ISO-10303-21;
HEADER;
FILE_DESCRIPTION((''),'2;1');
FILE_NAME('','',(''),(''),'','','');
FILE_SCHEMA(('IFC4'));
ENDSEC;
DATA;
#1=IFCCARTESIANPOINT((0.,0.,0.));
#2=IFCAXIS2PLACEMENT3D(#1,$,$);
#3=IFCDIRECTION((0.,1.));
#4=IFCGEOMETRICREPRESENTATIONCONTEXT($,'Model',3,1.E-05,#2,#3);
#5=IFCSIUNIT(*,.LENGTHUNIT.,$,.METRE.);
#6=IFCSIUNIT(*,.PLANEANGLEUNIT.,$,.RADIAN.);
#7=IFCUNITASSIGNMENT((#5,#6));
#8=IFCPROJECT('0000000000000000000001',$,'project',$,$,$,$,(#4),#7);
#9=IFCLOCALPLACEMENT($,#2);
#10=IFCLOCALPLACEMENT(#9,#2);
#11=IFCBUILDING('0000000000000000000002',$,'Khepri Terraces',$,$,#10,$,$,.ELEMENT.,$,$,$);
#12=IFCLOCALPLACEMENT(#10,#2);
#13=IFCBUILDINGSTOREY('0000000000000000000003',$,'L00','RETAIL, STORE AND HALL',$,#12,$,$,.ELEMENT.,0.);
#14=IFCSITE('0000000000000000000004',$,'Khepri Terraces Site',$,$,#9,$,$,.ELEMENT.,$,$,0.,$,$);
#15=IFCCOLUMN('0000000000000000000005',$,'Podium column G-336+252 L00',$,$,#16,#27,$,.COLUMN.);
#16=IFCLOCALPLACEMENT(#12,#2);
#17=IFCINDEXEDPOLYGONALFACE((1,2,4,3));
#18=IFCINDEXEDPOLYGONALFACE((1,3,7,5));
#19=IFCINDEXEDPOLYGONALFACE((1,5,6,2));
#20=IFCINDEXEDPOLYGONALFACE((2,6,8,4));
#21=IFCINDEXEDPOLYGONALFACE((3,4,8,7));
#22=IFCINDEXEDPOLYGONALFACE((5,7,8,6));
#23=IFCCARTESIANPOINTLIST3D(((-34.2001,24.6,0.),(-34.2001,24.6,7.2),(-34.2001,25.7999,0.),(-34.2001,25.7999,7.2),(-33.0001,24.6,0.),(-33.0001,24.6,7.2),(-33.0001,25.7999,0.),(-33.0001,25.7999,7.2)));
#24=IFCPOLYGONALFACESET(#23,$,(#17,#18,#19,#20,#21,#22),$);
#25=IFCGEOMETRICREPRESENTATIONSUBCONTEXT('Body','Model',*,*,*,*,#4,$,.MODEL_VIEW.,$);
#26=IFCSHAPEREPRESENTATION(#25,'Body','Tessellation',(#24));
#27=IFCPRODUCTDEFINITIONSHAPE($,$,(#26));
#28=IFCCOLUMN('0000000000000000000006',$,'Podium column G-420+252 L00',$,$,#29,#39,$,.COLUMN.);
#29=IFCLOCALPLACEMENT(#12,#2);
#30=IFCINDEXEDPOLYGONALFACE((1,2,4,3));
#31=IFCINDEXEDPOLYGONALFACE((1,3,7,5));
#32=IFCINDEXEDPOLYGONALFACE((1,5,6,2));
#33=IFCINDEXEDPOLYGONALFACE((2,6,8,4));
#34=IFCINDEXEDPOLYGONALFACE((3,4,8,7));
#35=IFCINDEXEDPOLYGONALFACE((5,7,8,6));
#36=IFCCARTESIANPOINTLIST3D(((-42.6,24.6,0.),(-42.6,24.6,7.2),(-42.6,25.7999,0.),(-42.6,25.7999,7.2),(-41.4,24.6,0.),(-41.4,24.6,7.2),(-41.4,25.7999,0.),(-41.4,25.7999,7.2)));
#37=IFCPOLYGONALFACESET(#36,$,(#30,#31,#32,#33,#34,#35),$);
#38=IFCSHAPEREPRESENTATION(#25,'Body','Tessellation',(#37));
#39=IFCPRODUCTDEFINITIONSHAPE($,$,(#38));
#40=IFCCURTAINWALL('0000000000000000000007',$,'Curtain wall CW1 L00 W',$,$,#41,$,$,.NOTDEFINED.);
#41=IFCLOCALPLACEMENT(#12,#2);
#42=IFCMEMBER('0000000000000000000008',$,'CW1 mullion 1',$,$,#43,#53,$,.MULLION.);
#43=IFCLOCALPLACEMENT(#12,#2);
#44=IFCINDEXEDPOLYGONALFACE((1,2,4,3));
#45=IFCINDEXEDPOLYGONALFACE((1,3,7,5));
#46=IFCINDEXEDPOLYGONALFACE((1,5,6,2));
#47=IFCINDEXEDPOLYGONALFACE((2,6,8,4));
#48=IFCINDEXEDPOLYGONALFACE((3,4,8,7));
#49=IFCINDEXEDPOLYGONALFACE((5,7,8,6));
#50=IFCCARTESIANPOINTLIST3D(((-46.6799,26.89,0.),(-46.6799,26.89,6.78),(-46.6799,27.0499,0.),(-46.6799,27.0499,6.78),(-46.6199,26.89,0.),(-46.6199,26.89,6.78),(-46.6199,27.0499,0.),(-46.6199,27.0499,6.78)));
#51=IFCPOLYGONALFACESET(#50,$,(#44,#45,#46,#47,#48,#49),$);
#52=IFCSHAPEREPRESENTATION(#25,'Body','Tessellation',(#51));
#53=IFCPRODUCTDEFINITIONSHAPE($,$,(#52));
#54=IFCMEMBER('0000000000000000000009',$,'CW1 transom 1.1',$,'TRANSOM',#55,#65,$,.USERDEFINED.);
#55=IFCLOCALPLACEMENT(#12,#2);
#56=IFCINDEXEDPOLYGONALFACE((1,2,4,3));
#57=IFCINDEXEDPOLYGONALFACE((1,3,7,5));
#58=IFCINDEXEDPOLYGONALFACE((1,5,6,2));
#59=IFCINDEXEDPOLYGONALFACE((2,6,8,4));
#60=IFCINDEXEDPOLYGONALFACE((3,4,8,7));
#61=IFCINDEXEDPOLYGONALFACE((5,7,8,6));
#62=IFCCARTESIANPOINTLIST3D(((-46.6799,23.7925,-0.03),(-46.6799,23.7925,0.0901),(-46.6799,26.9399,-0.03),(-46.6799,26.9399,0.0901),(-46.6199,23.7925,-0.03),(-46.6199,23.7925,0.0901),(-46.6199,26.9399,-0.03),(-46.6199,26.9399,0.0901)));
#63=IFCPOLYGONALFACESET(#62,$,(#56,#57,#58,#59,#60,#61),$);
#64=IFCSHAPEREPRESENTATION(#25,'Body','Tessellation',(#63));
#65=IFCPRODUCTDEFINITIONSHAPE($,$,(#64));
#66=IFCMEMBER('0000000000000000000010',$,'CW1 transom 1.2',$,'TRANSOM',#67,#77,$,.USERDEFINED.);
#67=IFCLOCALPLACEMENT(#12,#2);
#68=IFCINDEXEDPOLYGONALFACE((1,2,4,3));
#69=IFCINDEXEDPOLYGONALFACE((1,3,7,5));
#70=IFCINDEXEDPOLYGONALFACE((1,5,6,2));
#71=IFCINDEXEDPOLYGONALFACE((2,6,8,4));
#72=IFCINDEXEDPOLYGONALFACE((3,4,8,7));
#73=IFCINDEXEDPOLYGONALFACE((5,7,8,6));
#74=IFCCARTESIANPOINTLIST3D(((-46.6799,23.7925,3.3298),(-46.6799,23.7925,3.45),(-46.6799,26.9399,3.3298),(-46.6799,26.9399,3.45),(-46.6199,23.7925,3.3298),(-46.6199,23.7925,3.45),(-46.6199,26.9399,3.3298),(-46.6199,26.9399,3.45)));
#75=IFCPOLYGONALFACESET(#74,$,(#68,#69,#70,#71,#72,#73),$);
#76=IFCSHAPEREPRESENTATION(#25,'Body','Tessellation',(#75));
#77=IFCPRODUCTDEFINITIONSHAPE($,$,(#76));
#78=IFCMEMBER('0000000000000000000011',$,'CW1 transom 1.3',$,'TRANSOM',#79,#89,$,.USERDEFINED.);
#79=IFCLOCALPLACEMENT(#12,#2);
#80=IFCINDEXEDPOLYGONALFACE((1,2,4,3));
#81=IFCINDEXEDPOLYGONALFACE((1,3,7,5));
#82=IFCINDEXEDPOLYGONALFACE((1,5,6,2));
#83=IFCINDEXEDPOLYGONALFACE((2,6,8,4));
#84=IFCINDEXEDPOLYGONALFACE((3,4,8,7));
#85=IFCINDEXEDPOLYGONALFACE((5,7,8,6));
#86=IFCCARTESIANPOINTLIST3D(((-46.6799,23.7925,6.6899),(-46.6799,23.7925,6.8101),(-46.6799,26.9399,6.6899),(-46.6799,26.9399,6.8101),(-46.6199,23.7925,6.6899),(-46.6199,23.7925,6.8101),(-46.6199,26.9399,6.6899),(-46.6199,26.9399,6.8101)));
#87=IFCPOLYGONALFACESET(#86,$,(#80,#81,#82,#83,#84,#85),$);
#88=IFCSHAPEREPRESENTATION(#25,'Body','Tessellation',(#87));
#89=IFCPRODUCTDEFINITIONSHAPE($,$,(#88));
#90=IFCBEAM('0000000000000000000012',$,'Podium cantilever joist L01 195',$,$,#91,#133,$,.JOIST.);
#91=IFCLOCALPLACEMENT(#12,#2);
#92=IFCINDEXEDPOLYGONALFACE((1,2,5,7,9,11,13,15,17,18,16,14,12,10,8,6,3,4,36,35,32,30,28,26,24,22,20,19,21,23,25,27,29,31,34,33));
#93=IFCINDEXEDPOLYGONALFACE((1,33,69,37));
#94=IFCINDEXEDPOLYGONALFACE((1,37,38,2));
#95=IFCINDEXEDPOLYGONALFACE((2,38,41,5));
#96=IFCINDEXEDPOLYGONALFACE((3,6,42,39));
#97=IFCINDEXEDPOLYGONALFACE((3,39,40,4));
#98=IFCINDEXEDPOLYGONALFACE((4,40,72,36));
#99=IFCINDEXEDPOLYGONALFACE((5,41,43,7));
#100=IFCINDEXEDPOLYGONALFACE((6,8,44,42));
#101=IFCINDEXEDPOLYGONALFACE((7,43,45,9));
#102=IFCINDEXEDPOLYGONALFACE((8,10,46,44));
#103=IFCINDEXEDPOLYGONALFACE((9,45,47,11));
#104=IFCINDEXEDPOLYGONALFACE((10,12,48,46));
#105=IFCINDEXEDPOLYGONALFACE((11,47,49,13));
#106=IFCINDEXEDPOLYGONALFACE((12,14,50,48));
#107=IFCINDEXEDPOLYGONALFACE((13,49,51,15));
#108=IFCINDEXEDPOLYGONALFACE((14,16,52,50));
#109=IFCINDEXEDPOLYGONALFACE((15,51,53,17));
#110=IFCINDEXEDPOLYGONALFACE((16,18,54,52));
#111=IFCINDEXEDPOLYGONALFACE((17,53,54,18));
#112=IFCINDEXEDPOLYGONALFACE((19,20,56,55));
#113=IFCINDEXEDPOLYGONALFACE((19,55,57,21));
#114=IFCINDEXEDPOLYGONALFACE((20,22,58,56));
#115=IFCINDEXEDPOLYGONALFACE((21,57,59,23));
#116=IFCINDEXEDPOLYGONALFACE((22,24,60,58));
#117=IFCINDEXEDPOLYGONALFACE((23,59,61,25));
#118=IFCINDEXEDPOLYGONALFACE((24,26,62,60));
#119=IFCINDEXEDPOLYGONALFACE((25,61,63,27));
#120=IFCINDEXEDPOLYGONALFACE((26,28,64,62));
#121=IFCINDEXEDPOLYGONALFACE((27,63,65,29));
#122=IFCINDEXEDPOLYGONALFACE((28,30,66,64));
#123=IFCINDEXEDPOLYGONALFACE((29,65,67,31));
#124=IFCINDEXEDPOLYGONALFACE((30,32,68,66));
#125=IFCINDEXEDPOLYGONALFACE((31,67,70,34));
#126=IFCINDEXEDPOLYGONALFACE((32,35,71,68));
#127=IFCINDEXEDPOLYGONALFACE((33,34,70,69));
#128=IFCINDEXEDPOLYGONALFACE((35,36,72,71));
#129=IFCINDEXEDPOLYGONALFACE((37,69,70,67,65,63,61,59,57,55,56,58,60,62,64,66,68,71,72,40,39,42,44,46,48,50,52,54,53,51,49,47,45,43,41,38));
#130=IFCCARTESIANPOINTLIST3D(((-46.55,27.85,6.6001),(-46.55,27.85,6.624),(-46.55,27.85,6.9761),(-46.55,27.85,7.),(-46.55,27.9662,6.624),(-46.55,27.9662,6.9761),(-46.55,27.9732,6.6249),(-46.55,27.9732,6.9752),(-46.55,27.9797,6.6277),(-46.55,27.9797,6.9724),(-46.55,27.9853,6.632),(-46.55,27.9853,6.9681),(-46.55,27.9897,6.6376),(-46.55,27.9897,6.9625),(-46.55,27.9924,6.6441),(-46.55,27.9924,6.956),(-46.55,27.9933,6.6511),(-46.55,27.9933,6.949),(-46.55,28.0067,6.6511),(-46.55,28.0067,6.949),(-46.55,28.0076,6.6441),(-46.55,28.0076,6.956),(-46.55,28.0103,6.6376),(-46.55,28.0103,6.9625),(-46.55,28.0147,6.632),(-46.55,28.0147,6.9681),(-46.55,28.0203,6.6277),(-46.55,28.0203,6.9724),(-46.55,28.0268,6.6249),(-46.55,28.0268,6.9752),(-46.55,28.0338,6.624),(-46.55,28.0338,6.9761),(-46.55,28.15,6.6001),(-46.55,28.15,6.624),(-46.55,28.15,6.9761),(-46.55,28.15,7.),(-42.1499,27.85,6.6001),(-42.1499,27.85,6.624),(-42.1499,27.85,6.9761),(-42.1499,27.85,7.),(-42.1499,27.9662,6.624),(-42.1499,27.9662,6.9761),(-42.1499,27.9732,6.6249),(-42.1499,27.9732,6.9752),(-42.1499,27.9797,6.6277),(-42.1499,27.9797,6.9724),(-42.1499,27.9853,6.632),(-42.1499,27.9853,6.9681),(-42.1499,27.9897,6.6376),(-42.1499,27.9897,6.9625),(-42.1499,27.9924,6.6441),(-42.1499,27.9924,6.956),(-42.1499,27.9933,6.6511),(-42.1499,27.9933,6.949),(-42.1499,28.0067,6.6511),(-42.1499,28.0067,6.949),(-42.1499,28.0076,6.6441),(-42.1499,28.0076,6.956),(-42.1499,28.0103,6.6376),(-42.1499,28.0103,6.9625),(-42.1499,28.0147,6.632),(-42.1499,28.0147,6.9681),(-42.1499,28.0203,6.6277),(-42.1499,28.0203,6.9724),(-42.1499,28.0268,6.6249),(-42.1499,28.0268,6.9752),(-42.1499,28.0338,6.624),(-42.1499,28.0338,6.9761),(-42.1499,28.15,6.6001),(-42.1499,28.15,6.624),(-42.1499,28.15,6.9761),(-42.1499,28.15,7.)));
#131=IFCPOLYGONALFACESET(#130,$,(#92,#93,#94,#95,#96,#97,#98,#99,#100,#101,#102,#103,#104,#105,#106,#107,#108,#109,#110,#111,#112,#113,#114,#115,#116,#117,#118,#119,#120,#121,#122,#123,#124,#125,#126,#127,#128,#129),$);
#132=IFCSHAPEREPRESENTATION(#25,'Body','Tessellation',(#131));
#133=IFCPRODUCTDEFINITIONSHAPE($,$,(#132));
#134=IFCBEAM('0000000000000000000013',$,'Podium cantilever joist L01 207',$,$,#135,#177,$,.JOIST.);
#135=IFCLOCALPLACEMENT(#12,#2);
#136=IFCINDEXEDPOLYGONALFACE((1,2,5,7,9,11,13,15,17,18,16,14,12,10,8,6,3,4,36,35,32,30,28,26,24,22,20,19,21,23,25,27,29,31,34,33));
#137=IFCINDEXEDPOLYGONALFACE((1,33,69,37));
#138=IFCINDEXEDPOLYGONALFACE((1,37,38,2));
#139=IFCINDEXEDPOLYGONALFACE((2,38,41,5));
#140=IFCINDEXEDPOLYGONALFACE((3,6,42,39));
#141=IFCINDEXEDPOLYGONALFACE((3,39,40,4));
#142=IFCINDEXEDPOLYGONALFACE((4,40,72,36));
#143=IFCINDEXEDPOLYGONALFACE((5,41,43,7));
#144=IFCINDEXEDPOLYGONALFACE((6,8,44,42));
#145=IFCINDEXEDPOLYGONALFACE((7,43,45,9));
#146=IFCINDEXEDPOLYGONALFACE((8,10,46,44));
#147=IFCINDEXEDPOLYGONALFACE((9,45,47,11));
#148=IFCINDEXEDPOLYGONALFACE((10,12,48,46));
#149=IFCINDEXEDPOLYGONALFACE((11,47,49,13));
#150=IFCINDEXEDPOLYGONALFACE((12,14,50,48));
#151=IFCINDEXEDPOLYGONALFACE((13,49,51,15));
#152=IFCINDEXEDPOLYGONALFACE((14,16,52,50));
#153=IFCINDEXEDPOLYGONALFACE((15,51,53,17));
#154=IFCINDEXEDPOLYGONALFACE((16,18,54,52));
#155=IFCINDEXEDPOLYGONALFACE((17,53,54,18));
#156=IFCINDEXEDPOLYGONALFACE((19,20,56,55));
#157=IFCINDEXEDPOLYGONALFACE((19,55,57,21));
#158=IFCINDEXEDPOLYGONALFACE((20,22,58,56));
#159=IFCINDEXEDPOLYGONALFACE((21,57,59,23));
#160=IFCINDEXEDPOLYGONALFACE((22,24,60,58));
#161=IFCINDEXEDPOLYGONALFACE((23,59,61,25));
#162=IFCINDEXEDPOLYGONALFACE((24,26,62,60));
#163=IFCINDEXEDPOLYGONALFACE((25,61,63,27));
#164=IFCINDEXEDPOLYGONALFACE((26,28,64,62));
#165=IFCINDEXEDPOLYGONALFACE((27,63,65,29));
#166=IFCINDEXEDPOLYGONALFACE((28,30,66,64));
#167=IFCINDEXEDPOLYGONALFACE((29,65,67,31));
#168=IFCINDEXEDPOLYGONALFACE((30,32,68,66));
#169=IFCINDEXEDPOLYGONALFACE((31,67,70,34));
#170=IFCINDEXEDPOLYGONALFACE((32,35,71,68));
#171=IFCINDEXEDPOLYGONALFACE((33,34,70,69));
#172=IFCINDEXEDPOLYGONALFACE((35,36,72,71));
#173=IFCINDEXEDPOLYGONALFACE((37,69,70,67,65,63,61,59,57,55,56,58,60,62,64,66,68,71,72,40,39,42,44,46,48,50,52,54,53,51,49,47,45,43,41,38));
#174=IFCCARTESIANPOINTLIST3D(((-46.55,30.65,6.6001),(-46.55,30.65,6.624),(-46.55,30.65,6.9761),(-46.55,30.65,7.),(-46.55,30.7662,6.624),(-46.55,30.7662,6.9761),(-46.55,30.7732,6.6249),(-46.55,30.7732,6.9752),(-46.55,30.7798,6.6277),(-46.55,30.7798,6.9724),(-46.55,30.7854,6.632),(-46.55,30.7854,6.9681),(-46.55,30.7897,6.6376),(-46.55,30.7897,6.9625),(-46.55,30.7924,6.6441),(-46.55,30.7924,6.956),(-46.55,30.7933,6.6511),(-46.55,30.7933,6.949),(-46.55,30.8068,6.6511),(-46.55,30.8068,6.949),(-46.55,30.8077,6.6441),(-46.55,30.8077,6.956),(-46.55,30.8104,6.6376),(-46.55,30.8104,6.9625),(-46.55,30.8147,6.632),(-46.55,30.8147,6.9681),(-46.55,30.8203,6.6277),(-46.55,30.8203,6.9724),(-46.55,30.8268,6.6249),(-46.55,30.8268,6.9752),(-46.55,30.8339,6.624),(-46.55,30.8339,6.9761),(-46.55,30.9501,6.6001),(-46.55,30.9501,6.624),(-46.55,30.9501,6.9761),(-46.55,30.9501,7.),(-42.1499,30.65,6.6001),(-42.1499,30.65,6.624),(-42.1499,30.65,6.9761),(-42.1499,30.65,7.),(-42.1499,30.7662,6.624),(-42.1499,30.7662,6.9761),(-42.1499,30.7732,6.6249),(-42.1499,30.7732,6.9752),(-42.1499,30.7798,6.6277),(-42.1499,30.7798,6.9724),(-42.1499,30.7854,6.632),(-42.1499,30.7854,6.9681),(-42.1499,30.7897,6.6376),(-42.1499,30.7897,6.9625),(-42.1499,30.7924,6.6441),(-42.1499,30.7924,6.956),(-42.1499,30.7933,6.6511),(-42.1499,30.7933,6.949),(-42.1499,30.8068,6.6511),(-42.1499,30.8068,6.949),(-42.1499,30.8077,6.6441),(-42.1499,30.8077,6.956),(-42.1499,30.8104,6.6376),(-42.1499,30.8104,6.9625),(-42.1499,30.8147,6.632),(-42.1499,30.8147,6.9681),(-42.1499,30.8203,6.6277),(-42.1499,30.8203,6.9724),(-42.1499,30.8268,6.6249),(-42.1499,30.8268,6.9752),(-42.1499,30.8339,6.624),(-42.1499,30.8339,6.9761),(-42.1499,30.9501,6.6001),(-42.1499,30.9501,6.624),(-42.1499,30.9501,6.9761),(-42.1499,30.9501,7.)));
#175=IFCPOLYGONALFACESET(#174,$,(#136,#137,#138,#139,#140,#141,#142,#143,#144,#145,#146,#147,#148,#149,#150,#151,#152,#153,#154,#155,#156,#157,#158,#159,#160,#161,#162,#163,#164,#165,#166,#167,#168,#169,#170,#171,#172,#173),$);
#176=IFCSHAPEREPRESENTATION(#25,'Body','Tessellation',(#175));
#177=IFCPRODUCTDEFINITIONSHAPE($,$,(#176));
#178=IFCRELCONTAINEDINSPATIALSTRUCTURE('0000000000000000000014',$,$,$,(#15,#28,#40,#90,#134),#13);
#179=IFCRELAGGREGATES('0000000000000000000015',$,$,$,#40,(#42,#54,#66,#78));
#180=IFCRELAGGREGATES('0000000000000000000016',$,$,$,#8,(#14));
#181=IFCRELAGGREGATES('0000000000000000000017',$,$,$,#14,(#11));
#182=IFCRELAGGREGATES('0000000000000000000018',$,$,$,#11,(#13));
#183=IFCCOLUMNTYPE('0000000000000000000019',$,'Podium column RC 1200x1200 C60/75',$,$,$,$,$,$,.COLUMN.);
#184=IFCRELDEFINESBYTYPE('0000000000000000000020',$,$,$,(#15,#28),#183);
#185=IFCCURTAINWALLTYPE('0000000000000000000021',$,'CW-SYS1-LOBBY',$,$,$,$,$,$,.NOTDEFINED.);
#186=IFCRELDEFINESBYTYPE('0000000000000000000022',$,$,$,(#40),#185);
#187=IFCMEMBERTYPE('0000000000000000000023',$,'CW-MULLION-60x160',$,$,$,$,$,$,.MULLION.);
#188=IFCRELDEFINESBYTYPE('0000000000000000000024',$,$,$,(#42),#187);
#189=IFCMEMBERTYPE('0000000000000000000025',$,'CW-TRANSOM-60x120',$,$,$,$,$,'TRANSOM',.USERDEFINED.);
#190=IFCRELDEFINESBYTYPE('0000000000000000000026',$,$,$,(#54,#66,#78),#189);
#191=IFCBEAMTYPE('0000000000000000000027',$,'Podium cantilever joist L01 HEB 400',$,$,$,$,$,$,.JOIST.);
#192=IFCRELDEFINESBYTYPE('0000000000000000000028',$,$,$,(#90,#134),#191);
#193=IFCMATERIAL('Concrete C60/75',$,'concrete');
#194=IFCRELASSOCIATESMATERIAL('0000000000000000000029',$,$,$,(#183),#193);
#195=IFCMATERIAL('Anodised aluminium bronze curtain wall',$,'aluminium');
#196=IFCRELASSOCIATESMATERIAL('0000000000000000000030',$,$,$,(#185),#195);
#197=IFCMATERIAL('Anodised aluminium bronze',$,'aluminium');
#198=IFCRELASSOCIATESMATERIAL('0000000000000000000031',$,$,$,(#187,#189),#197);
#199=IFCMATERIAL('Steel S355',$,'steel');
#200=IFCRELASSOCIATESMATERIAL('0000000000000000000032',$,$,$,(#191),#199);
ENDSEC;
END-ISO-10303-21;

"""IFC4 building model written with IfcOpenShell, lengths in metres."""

from ifc_helpers import new_model, si_unit, direction, frame, origin, origin_2d, place, context, subcontext, project, spatial, rectangle, i_section, extrude, material, material_profile, profile_set, type_object, element, aggregate, save


model = new_model("IFC4")

# Units and contexts
model_context = context("Model", 3, precision=1e-05, world=origin(), true_north=direction((0.0, 1.0)))
body_context = subcontext(model_context, "Body", "Model", "MODEL_VIEW")
ifc_project = project(units=[si_unit("LENGTHUNIT", "METRE"), si_unit("PLANEANGLEUNIT", "RADIAN")], contexts=[model_context])

# Site, building, storey
site_placement = place(None, origin())
site = spatial("IfcSite", under=ifc_project, at=site_placement, Name="Khepri Terraces Site", CompositionType="ELEMENT", RefElevation=0.0)
building_placement = place(site_placement, origin())
building = spatial("IfcBuilding", under=site, at=building_placement, Name="Khepri Terraces", CompositionType="ELEMENT")
storey_placement = place(building_placement, origin())
storey = spatial("IfcBuildingStorey", under=building, at=storey_placement, Name="L00", Description="RETAIL, STORE AND HALL", CompositionType="ELEMENT", Elevation=0.0)

# Columns
ifc_material_1 = material(Name="Concrete C60/75", Category="concrete")
ifc_material_profile_1 = material_profile(ifc_material_1, rectangle(XDim=1.2, YDim=1.2, at=origin_2d()), Name="Concrete C60/75", Category="concrete")
ifc_profile_set_1 = profile_set([ifc_material_profile_1], Name="Concrete C60/75")
column_type = type_object("IfcColumnType", Name="Podium column RC 1200x1200 C60/75", PredefinedType="COLUMN", material=ifc_profile_set_1)
for number, where, z_axis, x_axis, name in (
    (1, (-33.6001, 25.2, 0.0), (0.0, 0.0, 1.0), (1.0, 0.0, 0.0), "Podium column G-336+252 L00"),
    (2, (-42.0, 25.2, 0.0), (0.0, 0.0, 1.0), (1.0, 0.0, 0.0), "Podium column G-420+252 L00"),
):
    element("IfcColumn", number, at=place(storey_placement, frame(where, z_axis=z_axis, x_axis=x_axis)), inside=storey, type_object=column_type, Name=name, PredefinedType="COLUMN", context=body_context, shape_type="SweptSolid", body=[
        extrude(rectangle(XDim=1.2, YDim=1.2, at=origin_2d()), origin(), (0.0, 0.0, 1.0), 7.2),
    ])

# Curtain wall, members
ifc_material_2 = material(Name="Anodised aluminium bronze curtain wall", Category="aluminium")
curtain_wall_type = type_object("IfcCurtainWallType", Name="CW-SYS1-LOBBY", PredefinedType="NOTDEFINED", material=ifc_material_2)
curtain_wall_placement = place(storey_placement, origin())
curtain_wall = element("IfcCurtainWall", 3, at=curtain_wall_placement, inside=storey, type_object=curtain_wall_type, Name="Curtain wall CW1 L00 W", PredefinedType="NOTDEFINED")
ifc_material_3 = material(Name="Anodised aluminium bronze", Category="aluminium")
ifc_material_profile_2 = material_profile(ifc_material_3, rectangle(XDim=0.0601, YDim=0.1599, at=origin_2d()), Name="Anodised aluminium bronze", Category="aluminium")
ifc_profile_set_2 = profile_set([ifc_material_profile_2], Name="Anodised aluminium bronze")
member_type_1 = type_object("IfcMemberType", Name="CW-MULLION-60x160", PredefinedType="MULLION", material=ifc_profile_set_2)
member_1_placement = place(storey_placement, frame((-46.6499, 26.97, 0.0), z_axis=(0.0, 0.0, 1.0), x_axis=(1.0, 0.0, 0.0)))
member_1 = element("IfcMember", 4, at=member_1_placement, type_object=member_type_1, Name="CW1 mullion 1", PredefinedType="MULLION", context=body_context, shape_type="SweptSolid", body=[
    extrude(rectangle(XDim=0.0601, YDim=0.1599, at=origin_2d()), origin(), (0.0, 0.0, 1.0), 6.78),
])
ifc_material_profile_3 = material_profile(ifc_material_3, rectangle(XDim=0.0601, YDim=0.1201, at=origin_2d()), Name="Anodised aluminium bronze", Category="aluminium")
ifc_profile_set_3 = profile_set([ifc_material_profile_3], Name="Anodised aluminium bronze")
member_type_2 = type_object("IfcMemberType", Name="CW-TRANSOM-60x120", ElementType="TRANSOM", PredefinedType="USERDEFINED", material=ifc_profile_set_3)
member_2_placement = place(storey_placement, frame((-46.6499, 26.9399, 0.03), z_axis=(0.0, -1.0, 0.0), x_axis=(1.0, 0.0, 0.0)))
member_2 = element("IfcMember", 5, at=member_2_placement, type_object=member_type_2, Name="CW1 transom 1.1", ObjectType="TRANSOM", PredefinedType="USERDEFINED", context=body_context, shape_type="SweptSolid", body=[
    extrude(rectangle(XDim=0.0601, YDim=0.1201, at=origin_2d()), origin(), (0.0, 0.0, 1.0), 3.1475),
])
member_3_placement = place(storey_placement, frame((-46.6499, 26.9399, 3.3899), z_axis=(0.0, -1.0, 0.0), x_axis=(1.0, 0.0, 0.0)))
member_3 = element("IfcMember", 6, at=member_3_placement, type_object=member_type_2, Name="CW1 transom 1.2", ObjectType="TRANSOM", PredefinedType="USERDEFINED", context=body_context, shape_type="SweptSolid", body=[
    extrude(rectangle(XDim=0.0601, YDim=0.1201, at=origin_2d()), origin(), (0.0, 0.0, 1.0), 3.1475),
])
member_4_placement = place(storey_placement, frame((-46.6499, 26.9399, 6.75), z_axis=(0.0, -1.0, 0.0), x_axis=(1.0, 0.0, 0.0)))
member_4 = element("IfcMember", 7, at=member_4_placement, type_object=member_type_2, Name="CW1 transom 1.3", ObjectType="TRANSOM", PredefinedType="USERDEFINED", context=body_context, shape_type="SweptSolid", body=[
    extrude(rectangle(XDim=0.0601, YDim=0.1201, at=origin_2d()), origin(), (0.0, 0.0, 1.0), 3.1475),
])

# Beams
ifc_material_4 = material(Name="Steel S355", Category="steel")
ifc_material_profile_4 = material_profile(ifc_material_4, i_section(OverallWidth=0.3, OverallDepth=0.3999, WebThickness=0.0134, FlangeThickness=0.0239, FilletRadius=0.0271, at=origin_2d()), Name="Steel S355", Category="steel")
ifc_profile_set_4 = profile_set([ifc_material_profile_4], Name="Steel S355")
beam_type_1 = type_object("IfcBeamType", Name="Podium cantilever joist L01 HEB 400", PredefinedType="JOIST", material=ifc_profile_set_4)
for number, where, z_axis, x_axis, name in (
    (8, (-46.55, 28.0, 6.8), (1.0, 0.0, 0.0), (0.0, 1.0, 0.0), "Podium cantilever joist L01 195"),
    (9, (-46.55, 30.8, 6.8), (1.0, 0.0, 0.0), (0.0, 1.0, 0.0), "Podium cantilever joist L01 207"),
):
    element("IfcBeam", number, at=place(storey_placement, frame(where, z_axis=z_axis, x_axis=x_axis)), inside=storey, type_object=beam_type_1, Name=name, PredefinedType="JOIST", context=body_context, shape_type="SweptSolid", body=[
        extrude(i_section(OverallWidth=0.3, OverallDepth=0.3999, WebThickness=0.0134, FlangeThickness=0.0239, FilletRadius=0.0271, at=origin_2d()), origin(), (0.0, 0.0, 1.0), 4.4001),
    ])

aggregate(curtain_wall, [member_1, member_2, member_3, member_4])

save(model, "model.ifc")
